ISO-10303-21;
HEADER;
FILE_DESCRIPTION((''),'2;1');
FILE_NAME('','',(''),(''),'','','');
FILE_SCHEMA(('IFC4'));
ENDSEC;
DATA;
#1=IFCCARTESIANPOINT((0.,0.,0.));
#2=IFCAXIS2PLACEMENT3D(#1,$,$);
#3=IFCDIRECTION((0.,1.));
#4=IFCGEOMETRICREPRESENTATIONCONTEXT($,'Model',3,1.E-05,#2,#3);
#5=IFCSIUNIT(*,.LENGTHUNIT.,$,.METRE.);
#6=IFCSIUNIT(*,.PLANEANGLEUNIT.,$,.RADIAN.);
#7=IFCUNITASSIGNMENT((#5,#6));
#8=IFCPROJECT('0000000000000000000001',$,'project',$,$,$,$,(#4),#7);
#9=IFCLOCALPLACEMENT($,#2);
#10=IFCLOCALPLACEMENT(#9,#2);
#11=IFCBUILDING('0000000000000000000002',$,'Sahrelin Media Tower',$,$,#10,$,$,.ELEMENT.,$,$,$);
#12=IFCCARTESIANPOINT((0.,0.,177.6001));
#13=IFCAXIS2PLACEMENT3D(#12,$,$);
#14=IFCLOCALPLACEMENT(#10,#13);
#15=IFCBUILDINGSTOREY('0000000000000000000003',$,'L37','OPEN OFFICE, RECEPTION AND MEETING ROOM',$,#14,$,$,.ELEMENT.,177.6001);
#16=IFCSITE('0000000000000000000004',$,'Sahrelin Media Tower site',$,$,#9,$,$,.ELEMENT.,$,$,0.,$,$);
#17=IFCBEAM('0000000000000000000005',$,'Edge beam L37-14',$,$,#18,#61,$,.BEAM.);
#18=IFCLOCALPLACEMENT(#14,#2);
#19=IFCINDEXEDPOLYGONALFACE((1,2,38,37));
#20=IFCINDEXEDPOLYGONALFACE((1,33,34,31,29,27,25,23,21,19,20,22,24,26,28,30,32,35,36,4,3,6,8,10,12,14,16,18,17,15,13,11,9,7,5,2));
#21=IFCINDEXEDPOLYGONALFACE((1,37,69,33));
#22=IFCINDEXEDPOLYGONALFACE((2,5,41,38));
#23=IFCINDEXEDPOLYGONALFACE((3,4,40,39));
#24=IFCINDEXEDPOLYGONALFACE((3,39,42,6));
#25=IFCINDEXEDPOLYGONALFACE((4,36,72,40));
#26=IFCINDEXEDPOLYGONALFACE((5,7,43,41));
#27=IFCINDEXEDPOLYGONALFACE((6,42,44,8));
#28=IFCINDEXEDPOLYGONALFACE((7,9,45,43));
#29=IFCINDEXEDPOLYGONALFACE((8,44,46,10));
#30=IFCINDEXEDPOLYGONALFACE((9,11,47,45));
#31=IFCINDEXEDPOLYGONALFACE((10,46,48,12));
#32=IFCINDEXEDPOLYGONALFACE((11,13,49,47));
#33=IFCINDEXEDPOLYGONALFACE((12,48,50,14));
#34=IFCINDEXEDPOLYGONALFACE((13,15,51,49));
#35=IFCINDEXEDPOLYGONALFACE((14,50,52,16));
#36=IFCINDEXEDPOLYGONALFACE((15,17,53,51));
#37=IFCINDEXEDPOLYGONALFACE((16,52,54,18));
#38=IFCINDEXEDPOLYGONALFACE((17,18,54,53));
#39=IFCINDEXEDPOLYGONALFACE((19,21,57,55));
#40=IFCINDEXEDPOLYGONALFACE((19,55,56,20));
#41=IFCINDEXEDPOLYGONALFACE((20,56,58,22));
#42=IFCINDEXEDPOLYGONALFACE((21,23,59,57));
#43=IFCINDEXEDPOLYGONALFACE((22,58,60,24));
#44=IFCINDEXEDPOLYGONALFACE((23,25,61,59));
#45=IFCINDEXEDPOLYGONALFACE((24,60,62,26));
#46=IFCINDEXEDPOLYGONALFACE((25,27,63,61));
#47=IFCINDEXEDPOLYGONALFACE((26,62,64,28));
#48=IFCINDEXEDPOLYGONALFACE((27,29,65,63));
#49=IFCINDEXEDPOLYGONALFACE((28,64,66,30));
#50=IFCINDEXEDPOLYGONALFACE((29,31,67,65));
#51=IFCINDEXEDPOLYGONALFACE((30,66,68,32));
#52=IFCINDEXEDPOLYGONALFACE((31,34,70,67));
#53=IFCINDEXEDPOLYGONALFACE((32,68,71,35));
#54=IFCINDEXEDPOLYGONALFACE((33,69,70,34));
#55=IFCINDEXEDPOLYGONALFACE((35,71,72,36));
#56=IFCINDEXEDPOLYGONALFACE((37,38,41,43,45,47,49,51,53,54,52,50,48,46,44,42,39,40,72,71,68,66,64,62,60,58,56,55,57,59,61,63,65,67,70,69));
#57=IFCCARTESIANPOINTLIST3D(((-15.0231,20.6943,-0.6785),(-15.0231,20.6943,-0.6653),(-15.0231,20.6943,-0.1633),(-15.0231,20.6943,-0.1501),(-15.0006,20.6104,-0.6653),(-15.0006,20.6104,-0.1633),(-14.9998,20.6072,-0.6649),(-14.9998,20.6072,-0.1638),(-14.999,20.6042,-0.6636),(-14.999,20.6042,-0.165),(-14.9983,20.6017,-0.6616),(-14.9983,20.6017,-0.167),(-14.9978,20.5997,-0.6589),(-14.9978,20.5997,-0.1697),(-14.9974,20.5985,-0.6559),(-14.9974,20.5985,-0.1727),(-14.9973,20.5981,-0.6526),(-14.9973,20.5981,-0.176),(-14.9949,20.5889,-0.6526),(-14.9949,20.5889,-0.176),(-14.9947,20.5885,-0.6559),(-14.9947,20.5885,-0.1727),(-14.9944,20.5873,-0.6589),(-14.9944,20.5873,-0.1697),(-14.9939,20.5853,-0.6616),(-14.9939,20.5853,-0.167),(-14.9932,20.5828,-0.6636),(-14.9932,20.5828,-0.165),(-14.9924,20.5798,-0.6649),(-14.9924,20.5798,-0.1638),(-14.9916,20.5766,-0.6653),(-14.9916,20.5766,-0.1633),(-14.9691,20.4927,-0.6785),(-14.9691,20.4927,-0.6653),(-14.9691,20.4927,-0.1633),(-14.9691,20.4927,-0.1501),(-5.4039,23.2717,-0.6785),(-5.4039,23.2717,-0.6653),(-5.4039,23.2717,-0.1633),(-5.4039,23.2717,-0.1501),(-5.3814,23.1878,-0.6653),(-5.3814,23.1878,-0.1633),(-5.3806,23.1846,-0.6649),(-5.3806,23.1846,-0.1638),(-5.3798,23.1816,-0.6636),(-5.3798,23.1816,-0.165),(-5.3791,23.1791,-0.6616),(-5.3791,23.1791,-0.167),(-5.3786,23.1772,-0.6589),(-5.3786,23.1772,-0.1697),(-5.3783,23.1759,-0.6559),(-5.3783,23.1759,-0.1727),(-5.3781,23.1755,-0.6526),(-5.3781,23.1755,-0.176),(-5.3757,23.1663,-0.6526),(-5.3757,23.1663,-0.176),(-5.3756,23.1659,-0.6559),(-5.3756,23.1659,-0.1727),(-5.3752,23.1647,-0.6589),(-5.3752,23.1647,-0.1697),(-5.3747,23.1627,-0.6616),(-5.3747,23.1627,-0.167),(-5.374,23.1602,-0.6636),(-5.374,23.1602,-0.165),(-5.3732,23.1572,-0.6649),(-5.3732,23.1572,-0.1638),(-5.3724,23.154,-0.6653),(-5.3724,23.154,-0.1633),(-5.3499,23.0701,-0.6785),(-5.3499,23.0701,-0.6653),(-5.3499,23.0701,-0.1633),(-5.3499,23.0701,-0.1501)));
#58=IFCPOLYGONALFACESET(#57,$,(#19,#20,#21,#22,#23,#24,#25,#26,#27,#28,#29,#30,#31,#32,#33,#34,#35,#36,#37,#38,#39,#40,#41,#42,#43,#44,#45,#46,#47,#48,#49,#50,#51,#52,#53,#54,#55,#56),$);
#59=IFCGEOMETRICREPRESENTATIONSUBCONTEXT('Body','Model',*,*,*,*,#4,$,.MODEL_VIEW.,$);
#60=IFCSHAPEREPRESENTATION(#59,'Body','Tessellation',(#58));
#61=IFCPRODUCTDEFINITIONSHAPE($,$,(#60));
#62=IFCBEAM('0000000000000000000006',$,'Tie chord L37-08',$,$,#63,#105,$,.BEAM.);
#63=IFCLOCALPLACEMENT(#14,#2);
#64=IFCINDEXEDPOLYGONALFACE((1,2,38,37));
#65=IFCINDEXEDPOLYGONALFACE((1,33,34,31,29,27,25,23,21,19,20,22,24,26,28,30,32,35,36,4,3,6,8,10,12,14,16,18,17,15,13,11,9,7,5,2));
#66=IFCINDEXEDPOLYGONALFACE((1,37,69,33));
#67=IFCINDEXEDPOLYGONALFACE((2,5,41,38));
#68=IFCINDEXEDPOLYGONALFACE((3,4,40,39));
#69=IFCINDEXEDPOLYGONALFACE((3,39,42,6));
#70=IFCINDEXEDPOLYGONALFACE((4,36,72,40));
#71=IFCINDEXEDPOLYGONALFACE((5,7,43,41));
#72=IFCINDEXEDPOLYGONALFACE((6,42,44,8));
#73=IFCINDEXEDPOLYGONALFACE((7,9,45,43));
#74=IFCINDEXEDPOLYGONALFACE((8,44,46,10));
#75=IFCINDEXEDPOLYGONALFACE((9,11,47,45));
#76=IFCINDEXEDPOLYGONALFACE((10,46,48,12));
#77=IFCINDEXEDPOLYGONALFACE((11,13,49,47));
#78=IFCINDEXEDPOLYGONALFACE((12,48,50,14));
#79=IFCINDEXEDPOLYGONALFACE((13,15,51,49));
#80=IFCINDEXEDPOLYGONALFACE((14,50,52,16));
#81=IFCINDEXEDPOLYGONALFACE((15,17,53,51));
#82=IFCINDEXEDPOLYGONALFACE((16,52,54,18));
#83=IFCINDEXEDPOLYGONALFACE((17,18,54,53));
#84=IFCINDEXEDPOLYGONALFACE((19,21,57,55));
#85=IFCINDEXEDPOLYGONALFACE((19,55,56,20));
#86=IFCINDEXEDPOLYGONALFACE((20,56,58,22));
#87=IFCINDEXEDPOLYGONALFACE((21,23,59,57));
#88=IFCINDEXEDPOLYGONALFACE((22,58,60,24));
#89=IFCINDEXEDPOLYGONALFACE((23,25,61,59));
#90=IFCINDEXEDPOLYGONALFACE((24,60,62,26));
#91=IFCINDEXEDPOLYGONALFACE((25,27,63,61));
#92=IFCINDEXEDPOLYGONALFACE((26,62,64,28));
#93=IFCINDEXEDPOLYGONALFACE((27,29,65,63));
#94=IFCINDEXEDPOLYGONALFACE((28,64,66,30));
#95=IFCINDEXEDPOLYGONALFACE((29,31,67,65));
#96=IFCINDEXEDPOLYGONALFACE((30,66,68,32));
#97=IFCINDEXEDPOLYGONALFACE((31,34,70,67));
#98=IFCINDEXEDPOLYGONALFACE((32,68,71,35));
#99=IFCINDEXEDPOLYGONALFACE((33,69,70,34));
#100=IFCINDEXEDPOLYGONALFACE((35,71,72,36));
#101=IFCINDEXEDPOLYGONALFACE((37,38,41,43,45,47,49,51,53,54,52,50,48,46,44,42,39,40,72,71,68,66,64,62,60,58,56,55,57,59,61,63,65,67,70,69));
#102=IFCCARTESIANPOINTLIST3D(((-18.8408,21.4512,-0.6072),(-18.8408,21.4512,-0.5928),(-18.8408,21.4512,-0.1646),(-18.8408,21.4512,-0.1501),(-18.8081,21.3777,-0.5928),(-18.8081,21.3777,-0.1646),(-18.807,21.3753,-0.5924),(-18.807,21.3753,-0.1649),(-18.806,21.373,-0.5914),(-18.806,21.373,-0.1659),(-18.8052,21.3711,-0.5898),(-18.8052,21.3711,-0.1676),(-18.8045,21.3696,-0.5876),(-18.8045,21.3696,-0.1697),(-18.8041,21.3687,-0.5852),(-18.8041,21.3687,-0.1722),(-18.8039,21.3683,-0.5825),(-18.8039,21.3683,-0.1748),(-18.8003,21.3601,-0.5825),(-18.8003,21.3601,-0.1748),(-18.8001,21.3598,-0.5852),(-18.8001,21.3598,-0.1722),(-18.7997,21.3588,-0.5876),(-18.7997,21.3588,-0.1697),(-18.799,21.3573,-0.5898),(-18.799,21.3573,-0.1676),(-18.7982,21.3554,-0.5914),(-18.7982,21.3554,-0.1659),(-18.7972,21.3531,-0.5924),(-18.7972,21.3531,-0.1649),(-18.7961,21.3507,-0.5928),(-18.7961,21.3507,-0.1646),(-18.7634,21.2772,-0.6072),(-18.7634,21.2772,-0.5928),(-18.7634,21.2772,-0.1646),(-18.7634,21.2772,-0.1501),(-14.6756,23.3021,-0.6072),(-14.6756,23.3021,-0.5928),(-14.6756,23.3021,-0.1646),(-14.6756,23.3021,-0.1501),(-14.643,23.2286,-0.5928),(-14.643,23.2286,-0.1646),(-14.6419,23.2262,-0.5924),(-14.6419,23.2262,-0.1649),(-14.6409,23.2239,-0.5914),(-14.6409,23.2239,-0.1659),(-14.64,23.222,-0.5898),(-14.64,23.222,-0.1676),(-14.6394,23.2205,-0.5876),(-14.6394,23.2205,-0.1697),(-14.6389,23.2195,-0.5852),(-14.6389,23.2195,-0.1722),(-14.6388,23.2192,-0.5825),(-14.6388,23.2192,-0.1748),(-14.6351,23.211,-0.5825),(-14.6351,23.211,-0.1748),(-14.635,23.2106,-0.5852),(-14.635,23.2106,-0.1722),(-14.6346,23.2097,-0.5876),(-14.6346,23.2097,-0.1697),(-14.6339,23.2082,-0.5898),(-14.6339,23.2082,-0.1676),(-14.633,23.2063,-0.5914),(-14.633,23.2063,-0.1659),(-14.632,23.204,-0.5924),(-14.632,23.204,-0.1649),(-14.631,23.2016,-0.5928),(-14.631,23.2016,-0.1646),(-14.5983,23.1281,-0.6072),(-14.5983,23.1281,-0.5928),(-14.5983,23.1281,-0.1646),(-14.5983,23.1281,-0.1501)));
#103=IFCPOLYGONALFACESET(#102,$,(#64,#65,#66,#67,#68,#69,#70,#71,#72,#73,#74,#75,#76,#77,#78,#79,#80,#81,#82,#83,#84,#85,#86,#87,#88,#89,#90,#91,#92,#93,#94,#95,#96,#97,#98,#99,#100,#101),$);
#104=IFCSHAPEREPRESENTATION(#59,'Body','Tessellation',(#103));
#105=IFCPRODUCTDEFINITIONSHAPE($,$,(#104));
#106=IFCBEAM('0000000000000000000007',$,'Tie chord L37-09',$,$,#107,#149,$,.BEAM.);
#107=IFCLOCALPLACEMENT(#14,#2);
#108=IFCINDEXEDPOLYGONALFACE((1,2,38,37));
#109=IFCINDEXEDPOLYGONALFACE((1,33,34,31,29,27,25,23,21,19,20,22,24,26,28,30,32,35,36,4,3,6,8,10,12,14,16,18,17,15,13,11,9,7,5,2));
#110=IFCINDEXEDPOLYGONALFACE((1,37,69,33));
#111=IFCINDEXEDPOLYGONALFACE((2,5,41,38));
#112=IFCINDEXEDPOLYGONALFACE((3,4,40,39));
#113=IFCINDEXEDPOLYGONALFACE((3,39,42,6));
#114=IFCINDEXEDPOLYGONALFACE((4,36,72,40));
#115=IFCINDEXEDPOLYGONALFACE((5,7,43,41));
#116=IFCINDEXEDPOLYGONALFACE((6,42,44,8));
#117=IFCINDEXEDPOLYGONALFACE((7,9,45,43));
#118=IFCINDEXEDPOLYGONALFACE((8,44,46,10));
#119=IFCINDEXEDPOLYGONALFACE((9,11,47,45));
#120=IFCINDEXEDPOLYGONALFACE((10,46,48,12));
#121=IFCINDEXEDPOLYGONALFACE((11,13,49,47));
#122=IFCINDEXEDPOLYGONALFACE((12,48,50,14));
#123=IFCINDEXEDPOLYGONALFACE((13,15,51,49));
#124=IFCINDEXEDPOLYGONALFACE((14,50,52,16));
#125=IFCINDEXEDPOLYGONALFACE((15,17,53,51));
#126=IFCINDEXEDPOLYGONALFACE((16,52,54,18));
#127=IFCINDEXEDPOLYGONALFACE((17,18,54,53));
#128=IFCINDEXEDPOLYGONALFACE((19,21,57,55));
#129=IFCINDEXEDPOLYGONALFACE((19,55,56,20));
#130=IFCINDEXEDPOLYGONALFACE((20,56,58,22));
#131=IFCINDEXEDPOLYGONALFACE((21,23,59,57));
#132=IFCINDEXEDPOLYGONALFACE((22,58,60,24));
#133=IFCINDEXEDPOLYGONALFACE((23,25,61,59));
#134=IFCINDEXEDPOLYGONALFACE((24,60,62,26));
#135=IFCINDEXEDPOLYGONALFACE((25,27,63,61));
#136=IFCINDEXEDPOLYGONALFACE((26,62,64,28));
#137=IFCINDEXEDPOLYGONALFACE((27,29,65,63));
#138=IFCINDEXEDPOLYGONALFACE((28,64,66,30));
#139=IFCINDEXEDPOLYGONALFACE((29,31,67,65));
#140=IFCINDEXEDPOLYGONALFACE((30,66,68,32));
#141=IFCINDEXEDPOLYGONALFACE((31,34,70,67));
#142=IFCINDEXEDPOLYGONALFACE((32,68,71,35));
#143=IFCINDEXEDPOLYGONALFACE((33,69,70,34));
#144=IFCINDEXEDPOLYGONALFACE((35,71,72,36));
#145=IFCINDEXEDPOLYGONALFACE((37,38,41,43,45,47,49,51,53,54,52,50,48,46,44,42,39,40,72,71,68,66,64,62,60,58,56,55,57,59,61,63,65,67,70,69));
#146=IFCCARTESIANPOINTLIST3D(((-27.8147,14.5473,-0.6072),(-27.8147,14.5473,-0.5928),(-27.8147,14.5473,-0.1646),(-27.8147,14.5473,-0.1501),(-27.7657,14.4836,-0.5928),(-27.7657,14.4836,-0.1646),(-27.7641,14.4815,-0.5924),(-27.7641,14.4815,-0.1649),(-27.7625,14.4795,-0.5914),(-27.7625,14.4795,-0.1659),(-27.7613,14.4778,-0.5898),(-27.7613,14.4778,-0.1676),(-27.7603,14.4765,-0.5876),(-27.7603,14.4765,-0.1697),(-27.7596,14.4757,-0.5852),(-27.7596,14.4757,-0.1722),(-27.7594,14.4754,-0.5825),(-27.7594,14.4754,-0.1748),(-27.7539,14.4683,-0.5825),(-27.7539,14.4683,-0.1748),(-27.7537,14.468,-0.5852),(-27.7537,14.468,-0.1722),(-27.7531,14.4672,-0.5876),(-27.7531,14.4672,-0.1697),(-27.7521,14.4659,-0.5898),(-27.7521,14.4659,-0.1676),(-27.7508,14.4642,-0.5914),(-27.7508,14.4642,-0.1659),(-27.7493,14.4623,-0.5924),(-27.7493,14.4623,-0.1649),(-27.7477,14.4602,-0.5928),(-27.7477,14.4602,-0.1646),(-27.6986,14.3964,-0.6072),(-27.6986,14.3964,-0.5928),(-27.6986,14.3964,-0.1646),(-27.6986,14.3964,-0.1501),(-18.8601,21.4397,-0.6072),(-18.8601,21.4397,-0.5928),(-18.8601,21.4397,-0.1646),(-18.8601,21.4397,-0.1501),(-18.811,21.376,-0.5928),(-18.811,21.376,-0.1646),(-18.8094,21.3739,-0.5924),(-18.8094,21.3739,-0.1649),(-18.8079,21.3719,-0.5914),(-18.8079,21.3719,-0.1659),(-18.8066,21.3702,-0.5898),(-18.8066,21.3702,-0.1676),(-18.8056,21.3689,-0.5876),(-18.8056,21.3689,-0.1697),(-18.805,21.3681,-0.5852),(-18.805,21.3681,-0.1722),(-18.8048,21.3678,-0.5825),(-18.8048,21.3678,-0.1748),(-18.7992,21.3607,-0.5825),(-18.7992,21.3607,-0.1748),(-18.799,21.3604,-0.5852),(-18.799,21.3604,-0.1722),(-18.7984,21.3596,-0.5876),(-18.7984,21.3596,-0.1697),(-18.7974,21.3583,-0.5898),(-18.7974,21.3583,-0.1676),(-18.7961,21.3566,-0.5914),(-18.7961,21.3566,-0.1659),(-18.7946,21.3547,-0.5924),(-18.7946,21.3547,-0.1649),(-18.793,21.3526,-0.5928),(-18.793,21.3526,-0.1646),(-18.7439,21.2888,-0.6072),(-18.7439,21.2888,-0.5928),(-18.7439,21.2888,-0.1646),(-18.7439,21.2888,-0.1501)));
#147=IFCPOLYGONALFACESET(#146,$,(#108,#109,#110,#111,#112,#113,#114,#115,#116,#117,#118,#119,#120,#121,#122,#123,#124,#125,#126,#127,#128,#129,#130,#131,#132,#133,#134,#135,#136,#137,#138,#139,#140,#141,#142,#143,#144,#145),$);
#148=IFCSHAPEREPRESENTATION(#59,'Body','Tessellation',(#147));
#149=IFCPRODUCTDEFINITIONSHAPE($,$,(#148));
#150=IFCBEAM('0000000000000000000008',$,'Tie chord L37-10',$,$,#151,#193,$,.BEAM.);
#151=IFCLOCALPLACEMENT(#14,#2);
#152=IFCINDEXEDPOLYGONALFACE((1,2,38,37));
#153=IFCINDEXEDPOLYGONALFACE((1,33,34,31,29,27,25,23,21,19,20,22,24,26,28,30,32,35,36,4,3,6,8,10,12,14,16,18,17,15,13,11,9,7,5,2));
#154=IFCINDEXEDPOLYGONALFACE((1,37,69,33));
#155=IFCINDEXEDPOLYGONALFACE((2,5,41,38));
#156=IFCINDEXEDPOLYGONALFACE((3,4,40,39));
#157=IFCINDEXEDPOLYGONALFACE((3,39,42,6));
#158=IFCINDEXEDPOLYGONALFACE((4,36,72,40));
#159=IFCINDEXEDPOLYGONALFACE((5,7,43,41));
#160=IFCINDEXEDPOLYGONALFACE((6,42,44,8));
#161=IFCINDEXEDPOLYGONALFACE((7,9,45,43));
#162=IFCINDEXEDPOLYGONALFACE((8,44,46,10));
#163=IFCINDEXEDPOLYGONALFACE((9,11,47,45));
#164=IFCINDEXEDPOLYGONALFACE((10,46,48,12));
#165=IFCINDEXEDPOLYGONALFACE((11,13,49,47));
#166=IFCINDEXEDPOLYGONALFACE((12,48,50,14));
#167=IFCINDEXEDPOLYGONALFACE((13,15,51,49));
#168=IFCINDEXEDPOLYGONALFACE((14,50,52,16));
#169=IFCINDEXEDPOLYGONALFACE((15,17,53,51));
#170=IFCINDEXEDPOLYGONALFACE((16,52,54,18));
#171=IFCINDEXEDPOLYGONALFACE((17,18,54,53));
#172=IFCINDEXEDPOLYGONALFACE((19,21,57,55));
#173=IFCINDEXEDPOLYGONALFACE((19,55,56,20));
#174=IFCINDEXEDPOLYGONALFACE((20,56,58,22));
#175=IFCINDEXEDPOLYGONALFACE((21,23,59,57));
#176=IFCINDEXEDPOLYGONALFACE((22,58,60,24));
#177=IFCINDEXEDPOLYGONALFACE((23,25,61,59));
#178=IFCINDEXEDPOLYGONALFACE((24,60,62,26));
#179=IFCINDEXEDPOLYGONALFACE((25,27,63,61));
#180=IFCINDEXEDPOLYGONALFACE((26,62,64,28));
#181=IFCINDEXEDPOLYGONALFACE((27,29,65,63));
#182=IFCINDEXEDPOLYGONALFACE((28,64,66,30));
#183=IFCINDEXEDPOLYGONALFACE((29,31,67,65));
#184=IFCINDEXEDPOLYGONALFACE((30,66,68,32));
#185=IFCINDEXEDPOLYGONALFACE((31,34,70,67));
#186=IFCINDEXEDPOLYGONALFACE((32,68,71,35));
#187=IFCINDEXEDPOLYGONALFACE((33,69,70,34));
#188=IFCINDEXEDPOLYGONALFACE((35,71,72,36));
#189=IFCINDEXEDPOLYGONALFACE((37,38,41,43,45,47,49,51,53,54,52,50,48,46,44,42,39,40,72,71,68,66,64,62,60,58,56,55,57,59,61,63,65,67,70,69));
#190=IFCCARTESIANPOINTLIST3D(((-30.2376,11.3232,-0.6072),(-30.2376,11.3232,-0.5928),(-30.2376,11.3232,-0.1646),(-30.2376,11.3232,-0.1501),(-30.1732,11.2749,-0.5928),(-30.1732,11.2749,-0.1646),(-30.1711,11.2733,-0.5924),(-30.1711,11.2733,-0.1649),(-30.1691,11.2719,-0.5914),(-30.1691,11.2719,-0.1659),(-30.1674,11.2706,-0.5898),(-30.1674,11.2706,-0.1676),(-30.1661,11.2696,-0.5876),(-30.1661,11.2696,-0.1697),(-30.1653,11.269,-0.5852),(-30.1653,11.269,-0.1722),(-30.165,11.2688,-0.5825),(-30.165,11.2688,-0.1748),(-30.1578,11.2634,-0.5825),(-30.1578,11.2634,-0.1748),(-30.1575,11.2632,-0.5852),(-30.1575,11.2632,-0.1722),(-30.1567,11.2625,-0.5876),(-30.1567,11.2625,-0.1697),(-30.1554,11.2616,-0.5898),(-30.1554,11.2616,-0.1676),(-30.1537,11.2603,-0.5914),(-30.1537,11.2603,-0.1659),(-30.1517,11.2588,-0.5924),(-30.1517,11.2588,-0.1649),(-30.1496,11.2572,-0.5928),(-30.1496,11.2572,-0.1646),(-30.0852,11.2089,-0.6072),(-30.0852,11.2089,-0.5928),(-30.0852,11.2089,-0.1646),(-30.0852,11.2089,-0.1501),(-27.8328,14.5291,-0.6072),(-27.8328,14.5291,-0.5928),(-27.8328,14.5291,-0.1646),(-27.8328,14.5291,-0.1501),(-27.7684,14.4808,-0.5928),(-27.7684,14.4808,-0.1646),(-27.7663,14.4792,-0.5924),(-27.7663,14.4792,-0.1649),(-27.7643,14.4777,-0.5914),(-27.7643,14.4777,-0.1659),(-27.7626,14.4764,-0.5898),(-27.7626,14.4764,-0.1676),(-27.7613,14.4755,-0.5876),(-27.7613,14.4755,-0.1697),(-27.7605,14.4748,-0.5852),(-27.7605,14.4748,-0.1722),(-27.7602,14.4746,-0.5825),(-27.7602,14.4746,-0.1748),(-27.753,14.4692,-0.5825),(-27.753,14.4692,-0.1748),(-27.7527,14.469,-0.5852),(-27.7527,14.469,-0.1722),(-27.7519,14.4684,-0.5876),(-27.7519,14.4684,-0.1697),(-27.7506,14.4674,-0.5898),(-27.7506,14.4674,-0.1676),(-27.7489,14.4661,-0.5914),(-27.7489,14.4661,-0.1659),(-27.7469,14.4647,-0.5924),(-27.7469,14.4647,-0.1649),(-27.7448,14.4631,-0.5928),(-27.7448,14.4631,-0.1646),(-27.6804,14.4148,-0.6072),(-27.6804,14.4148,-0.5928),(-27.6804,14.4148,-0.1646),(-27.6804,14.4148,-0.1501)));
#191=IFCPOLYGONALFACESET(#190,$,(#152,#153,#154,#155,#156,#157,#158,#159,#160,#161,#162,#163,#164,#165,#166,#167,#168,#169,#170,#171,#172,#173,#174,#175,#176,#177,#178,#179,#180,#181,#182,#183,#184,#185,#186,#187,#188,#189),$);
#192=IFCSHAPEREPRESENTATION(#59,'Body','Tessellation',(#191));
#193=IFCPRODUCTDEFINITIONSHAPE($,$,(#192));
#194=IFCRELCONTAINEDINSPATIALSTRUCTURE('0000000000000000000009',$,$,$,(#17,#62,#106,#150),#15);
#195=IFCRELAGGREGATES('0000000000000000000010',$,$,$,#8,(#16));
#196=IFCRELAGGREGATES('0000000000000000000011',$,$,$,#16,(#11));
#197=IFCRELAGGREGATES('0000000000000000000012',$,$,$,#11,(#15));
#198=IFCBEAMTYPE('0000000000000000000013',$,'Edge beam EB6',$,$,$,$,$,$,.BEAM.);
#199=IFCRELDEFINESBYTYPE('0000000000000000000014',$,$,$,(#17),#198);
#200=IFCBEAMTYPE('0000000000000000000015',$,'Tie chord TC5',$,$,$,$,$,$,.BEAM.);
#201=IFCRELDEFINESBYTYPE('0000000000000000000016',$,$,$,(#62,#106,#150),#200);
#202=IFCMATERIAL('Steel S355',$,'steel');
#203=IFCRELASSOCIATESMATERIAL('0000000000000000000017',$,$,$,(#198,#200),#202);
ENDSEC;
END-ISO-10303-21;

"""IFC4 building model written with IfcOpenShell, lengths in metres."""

from ifc_helpers import new_model, si_unit, direction, frame, origin, origin_2d, place, context, subcontext, project, spatial, i_section, extrude, material, material_profile, profile_set, type_object, element, save


model = new_model("IFC4")

# Units and contexts
model_context = context("Model", 3, precision=1e-05, world=origin(), true_north=direction((0.0, 1.0)))
body_context = subcontext(model_context, "Body", "Model", "MODEL_VIEW")
ifc_project = project(units=[si_unit("LENGTHUNIT", "METRE"), si_unit("PLANEANGLEUNIT", "RADIAN")], contexts=[model_context])

# Site, building, storey
site_placement = place(None, origin())
site = spatial("IfcSite", under=ifc_project, at=site_placement, Name="Sahrelin Media Tower site", CompositionType="ELEMENT", RefElevation=0.0)
building_placement = place(site_placement, origin())
building = spatial("IfcBuilding", under=site, at=building_placement, Name="Sahrelin Media Tower", CompositionType="ELEMENT")
storey_placement = place(building_placement, frame((0.0, 0.0, 177.6001)))
storey = spatial("IfcBuildingStorey", under=building, at=storey_placement, Name="L37", Description="OPEN OFFICE, RECEPTION AND MEETING ROOM", CompositionType="ELEMENT", Elevation=177.6001)

# Beams
ifc_material_1 = material(Name="Steel S355", Category="steel")
ifc_material_profile_1 = material_profile(ifc_material_1, i_section(OverallWidth=0.2087, OverallDepth=0.5283, WebThickness=0.0095, FlangeThickness=0.0132, FilletRadius=0.0127, at=origin_2d()), Name="UB 533x210x82")
ifc_profile_set_1 = profile_set([ifc_material_profile_1], Name="Steel S355")
beam_type_1 = type_object("IfcBeamType", Name="Edge beam EB6", PredefinedType="BEAM", material=ifc_profile_set_1)
beam_1_placement = place(storey_placement, frame((-14.9961, 20.5935, -0.4143), z_axis=(0.965927, 0.258815, 0.0), x_axis=(-0.258815, 0.965927, 0.0)))
element("IfcBeam", 1, at=beam_1_placement, inside=storey, type_object=beam_type_1, Name="Edge beam L37-14", PredefinedType="BEAM", context=body_context, shape_type="SweptSolid", body=[
    extrude(i_section(OverallWidth=0.2087, OverallDepth=0.5283, WebThickness=0.0095, FlangeThickness=0.0132, FilletRadius=0.0127, at=origin_2d()), origin(), (0.0, 0.0, 1.0), 9.9585),
])
ifc_material_profile_2 = material_profile(ifc_material_1, i_section(OverallWidth=0.1904, OverallDepth=0.457, WebThickness=0.009, FlangeThickness=0.0144, FilletRadius=0.0103, at=origin_2d()), Name="UB 457x191x74")
ifc_profile_set_2 = profile_set([ifc_material_profile_2], Name="Steel S355")
beam_type_2 = type_object("IfcBeamType", Name="Tie chord TC5", PredefinedType="BEAM", material=ifc_profile_set_2)
beam_2_placement = place(storey_placement, frame((-14.637, 23.2151, -0.3787), z_axis=(-0.913836, -0.406084, 0.0), x_axis=(0.406084, -0.913836, 0.0)))
element("IfcBeam", 2, at=beam_2_placement, inside=storey, type_object=beam_type_2, Name="Tie chord L37-08", PredefinedType="BEAM", context=body_context, shape_type="SweptSolid", body=[
    extrude(i_section(OverallWidth=0.1904, OverallDepth=0.457, WebThickness=0.009, FlangeThickness=0.0144, FilletRadius=0.0103, at=origin_2d()), origin(), (0.0, 0.0, 1.0), 4.5579),
])
beam_3_placement = place(storey_placement, frame((-18.802, 21.3643, -0.3787), z_axis=(-0.792445, -0.609944, 0.0), x_axis=(0.609944, -0.792445, 0.0)))
element("IfcBeam", 3, at=beam_3_placement, inside=storey, type_object=beam_type_2, Name="Tie chord L37-09", PredefinedType="BEAM", context=body_context, shape_type="SweptSolid", body=[
    extrude(i_section(OverallWidth=0.1904, OverallDepth=0.457, WebThickness=0.009, FlangeThickness=0.0144, FilletRadius=0.0103, at=origin_2d()), origin(), (0.0, 0.0, 1.0), 11.3),
])
beam_4_placement = place(storey_placement, frame((-27.7566, 14.4719, -0.3787), z_axis=(-0.600068, -0.799949, 0.0), x_axis=(0.799949, -0.600068, 0.0)))
element("IfcBeam", 4, at=beam_4_placement, inside=storey, type_object=beam_type_2, Name="Tie chord L37-10", PredefinedType="BEAM", context=body_context, shape_type="SweptSolid", body=[
    extrude(i_section(OverallWidth=0.1904, OverallDepth=0.457, WebThickness=0.009, FlangeThickness=0.0144, FilletRadius=0.0103, at=origin_2d()), origin(), (0.0, 0.0, 1.0), 4.0076),
])

save(model, "model.ifc")
